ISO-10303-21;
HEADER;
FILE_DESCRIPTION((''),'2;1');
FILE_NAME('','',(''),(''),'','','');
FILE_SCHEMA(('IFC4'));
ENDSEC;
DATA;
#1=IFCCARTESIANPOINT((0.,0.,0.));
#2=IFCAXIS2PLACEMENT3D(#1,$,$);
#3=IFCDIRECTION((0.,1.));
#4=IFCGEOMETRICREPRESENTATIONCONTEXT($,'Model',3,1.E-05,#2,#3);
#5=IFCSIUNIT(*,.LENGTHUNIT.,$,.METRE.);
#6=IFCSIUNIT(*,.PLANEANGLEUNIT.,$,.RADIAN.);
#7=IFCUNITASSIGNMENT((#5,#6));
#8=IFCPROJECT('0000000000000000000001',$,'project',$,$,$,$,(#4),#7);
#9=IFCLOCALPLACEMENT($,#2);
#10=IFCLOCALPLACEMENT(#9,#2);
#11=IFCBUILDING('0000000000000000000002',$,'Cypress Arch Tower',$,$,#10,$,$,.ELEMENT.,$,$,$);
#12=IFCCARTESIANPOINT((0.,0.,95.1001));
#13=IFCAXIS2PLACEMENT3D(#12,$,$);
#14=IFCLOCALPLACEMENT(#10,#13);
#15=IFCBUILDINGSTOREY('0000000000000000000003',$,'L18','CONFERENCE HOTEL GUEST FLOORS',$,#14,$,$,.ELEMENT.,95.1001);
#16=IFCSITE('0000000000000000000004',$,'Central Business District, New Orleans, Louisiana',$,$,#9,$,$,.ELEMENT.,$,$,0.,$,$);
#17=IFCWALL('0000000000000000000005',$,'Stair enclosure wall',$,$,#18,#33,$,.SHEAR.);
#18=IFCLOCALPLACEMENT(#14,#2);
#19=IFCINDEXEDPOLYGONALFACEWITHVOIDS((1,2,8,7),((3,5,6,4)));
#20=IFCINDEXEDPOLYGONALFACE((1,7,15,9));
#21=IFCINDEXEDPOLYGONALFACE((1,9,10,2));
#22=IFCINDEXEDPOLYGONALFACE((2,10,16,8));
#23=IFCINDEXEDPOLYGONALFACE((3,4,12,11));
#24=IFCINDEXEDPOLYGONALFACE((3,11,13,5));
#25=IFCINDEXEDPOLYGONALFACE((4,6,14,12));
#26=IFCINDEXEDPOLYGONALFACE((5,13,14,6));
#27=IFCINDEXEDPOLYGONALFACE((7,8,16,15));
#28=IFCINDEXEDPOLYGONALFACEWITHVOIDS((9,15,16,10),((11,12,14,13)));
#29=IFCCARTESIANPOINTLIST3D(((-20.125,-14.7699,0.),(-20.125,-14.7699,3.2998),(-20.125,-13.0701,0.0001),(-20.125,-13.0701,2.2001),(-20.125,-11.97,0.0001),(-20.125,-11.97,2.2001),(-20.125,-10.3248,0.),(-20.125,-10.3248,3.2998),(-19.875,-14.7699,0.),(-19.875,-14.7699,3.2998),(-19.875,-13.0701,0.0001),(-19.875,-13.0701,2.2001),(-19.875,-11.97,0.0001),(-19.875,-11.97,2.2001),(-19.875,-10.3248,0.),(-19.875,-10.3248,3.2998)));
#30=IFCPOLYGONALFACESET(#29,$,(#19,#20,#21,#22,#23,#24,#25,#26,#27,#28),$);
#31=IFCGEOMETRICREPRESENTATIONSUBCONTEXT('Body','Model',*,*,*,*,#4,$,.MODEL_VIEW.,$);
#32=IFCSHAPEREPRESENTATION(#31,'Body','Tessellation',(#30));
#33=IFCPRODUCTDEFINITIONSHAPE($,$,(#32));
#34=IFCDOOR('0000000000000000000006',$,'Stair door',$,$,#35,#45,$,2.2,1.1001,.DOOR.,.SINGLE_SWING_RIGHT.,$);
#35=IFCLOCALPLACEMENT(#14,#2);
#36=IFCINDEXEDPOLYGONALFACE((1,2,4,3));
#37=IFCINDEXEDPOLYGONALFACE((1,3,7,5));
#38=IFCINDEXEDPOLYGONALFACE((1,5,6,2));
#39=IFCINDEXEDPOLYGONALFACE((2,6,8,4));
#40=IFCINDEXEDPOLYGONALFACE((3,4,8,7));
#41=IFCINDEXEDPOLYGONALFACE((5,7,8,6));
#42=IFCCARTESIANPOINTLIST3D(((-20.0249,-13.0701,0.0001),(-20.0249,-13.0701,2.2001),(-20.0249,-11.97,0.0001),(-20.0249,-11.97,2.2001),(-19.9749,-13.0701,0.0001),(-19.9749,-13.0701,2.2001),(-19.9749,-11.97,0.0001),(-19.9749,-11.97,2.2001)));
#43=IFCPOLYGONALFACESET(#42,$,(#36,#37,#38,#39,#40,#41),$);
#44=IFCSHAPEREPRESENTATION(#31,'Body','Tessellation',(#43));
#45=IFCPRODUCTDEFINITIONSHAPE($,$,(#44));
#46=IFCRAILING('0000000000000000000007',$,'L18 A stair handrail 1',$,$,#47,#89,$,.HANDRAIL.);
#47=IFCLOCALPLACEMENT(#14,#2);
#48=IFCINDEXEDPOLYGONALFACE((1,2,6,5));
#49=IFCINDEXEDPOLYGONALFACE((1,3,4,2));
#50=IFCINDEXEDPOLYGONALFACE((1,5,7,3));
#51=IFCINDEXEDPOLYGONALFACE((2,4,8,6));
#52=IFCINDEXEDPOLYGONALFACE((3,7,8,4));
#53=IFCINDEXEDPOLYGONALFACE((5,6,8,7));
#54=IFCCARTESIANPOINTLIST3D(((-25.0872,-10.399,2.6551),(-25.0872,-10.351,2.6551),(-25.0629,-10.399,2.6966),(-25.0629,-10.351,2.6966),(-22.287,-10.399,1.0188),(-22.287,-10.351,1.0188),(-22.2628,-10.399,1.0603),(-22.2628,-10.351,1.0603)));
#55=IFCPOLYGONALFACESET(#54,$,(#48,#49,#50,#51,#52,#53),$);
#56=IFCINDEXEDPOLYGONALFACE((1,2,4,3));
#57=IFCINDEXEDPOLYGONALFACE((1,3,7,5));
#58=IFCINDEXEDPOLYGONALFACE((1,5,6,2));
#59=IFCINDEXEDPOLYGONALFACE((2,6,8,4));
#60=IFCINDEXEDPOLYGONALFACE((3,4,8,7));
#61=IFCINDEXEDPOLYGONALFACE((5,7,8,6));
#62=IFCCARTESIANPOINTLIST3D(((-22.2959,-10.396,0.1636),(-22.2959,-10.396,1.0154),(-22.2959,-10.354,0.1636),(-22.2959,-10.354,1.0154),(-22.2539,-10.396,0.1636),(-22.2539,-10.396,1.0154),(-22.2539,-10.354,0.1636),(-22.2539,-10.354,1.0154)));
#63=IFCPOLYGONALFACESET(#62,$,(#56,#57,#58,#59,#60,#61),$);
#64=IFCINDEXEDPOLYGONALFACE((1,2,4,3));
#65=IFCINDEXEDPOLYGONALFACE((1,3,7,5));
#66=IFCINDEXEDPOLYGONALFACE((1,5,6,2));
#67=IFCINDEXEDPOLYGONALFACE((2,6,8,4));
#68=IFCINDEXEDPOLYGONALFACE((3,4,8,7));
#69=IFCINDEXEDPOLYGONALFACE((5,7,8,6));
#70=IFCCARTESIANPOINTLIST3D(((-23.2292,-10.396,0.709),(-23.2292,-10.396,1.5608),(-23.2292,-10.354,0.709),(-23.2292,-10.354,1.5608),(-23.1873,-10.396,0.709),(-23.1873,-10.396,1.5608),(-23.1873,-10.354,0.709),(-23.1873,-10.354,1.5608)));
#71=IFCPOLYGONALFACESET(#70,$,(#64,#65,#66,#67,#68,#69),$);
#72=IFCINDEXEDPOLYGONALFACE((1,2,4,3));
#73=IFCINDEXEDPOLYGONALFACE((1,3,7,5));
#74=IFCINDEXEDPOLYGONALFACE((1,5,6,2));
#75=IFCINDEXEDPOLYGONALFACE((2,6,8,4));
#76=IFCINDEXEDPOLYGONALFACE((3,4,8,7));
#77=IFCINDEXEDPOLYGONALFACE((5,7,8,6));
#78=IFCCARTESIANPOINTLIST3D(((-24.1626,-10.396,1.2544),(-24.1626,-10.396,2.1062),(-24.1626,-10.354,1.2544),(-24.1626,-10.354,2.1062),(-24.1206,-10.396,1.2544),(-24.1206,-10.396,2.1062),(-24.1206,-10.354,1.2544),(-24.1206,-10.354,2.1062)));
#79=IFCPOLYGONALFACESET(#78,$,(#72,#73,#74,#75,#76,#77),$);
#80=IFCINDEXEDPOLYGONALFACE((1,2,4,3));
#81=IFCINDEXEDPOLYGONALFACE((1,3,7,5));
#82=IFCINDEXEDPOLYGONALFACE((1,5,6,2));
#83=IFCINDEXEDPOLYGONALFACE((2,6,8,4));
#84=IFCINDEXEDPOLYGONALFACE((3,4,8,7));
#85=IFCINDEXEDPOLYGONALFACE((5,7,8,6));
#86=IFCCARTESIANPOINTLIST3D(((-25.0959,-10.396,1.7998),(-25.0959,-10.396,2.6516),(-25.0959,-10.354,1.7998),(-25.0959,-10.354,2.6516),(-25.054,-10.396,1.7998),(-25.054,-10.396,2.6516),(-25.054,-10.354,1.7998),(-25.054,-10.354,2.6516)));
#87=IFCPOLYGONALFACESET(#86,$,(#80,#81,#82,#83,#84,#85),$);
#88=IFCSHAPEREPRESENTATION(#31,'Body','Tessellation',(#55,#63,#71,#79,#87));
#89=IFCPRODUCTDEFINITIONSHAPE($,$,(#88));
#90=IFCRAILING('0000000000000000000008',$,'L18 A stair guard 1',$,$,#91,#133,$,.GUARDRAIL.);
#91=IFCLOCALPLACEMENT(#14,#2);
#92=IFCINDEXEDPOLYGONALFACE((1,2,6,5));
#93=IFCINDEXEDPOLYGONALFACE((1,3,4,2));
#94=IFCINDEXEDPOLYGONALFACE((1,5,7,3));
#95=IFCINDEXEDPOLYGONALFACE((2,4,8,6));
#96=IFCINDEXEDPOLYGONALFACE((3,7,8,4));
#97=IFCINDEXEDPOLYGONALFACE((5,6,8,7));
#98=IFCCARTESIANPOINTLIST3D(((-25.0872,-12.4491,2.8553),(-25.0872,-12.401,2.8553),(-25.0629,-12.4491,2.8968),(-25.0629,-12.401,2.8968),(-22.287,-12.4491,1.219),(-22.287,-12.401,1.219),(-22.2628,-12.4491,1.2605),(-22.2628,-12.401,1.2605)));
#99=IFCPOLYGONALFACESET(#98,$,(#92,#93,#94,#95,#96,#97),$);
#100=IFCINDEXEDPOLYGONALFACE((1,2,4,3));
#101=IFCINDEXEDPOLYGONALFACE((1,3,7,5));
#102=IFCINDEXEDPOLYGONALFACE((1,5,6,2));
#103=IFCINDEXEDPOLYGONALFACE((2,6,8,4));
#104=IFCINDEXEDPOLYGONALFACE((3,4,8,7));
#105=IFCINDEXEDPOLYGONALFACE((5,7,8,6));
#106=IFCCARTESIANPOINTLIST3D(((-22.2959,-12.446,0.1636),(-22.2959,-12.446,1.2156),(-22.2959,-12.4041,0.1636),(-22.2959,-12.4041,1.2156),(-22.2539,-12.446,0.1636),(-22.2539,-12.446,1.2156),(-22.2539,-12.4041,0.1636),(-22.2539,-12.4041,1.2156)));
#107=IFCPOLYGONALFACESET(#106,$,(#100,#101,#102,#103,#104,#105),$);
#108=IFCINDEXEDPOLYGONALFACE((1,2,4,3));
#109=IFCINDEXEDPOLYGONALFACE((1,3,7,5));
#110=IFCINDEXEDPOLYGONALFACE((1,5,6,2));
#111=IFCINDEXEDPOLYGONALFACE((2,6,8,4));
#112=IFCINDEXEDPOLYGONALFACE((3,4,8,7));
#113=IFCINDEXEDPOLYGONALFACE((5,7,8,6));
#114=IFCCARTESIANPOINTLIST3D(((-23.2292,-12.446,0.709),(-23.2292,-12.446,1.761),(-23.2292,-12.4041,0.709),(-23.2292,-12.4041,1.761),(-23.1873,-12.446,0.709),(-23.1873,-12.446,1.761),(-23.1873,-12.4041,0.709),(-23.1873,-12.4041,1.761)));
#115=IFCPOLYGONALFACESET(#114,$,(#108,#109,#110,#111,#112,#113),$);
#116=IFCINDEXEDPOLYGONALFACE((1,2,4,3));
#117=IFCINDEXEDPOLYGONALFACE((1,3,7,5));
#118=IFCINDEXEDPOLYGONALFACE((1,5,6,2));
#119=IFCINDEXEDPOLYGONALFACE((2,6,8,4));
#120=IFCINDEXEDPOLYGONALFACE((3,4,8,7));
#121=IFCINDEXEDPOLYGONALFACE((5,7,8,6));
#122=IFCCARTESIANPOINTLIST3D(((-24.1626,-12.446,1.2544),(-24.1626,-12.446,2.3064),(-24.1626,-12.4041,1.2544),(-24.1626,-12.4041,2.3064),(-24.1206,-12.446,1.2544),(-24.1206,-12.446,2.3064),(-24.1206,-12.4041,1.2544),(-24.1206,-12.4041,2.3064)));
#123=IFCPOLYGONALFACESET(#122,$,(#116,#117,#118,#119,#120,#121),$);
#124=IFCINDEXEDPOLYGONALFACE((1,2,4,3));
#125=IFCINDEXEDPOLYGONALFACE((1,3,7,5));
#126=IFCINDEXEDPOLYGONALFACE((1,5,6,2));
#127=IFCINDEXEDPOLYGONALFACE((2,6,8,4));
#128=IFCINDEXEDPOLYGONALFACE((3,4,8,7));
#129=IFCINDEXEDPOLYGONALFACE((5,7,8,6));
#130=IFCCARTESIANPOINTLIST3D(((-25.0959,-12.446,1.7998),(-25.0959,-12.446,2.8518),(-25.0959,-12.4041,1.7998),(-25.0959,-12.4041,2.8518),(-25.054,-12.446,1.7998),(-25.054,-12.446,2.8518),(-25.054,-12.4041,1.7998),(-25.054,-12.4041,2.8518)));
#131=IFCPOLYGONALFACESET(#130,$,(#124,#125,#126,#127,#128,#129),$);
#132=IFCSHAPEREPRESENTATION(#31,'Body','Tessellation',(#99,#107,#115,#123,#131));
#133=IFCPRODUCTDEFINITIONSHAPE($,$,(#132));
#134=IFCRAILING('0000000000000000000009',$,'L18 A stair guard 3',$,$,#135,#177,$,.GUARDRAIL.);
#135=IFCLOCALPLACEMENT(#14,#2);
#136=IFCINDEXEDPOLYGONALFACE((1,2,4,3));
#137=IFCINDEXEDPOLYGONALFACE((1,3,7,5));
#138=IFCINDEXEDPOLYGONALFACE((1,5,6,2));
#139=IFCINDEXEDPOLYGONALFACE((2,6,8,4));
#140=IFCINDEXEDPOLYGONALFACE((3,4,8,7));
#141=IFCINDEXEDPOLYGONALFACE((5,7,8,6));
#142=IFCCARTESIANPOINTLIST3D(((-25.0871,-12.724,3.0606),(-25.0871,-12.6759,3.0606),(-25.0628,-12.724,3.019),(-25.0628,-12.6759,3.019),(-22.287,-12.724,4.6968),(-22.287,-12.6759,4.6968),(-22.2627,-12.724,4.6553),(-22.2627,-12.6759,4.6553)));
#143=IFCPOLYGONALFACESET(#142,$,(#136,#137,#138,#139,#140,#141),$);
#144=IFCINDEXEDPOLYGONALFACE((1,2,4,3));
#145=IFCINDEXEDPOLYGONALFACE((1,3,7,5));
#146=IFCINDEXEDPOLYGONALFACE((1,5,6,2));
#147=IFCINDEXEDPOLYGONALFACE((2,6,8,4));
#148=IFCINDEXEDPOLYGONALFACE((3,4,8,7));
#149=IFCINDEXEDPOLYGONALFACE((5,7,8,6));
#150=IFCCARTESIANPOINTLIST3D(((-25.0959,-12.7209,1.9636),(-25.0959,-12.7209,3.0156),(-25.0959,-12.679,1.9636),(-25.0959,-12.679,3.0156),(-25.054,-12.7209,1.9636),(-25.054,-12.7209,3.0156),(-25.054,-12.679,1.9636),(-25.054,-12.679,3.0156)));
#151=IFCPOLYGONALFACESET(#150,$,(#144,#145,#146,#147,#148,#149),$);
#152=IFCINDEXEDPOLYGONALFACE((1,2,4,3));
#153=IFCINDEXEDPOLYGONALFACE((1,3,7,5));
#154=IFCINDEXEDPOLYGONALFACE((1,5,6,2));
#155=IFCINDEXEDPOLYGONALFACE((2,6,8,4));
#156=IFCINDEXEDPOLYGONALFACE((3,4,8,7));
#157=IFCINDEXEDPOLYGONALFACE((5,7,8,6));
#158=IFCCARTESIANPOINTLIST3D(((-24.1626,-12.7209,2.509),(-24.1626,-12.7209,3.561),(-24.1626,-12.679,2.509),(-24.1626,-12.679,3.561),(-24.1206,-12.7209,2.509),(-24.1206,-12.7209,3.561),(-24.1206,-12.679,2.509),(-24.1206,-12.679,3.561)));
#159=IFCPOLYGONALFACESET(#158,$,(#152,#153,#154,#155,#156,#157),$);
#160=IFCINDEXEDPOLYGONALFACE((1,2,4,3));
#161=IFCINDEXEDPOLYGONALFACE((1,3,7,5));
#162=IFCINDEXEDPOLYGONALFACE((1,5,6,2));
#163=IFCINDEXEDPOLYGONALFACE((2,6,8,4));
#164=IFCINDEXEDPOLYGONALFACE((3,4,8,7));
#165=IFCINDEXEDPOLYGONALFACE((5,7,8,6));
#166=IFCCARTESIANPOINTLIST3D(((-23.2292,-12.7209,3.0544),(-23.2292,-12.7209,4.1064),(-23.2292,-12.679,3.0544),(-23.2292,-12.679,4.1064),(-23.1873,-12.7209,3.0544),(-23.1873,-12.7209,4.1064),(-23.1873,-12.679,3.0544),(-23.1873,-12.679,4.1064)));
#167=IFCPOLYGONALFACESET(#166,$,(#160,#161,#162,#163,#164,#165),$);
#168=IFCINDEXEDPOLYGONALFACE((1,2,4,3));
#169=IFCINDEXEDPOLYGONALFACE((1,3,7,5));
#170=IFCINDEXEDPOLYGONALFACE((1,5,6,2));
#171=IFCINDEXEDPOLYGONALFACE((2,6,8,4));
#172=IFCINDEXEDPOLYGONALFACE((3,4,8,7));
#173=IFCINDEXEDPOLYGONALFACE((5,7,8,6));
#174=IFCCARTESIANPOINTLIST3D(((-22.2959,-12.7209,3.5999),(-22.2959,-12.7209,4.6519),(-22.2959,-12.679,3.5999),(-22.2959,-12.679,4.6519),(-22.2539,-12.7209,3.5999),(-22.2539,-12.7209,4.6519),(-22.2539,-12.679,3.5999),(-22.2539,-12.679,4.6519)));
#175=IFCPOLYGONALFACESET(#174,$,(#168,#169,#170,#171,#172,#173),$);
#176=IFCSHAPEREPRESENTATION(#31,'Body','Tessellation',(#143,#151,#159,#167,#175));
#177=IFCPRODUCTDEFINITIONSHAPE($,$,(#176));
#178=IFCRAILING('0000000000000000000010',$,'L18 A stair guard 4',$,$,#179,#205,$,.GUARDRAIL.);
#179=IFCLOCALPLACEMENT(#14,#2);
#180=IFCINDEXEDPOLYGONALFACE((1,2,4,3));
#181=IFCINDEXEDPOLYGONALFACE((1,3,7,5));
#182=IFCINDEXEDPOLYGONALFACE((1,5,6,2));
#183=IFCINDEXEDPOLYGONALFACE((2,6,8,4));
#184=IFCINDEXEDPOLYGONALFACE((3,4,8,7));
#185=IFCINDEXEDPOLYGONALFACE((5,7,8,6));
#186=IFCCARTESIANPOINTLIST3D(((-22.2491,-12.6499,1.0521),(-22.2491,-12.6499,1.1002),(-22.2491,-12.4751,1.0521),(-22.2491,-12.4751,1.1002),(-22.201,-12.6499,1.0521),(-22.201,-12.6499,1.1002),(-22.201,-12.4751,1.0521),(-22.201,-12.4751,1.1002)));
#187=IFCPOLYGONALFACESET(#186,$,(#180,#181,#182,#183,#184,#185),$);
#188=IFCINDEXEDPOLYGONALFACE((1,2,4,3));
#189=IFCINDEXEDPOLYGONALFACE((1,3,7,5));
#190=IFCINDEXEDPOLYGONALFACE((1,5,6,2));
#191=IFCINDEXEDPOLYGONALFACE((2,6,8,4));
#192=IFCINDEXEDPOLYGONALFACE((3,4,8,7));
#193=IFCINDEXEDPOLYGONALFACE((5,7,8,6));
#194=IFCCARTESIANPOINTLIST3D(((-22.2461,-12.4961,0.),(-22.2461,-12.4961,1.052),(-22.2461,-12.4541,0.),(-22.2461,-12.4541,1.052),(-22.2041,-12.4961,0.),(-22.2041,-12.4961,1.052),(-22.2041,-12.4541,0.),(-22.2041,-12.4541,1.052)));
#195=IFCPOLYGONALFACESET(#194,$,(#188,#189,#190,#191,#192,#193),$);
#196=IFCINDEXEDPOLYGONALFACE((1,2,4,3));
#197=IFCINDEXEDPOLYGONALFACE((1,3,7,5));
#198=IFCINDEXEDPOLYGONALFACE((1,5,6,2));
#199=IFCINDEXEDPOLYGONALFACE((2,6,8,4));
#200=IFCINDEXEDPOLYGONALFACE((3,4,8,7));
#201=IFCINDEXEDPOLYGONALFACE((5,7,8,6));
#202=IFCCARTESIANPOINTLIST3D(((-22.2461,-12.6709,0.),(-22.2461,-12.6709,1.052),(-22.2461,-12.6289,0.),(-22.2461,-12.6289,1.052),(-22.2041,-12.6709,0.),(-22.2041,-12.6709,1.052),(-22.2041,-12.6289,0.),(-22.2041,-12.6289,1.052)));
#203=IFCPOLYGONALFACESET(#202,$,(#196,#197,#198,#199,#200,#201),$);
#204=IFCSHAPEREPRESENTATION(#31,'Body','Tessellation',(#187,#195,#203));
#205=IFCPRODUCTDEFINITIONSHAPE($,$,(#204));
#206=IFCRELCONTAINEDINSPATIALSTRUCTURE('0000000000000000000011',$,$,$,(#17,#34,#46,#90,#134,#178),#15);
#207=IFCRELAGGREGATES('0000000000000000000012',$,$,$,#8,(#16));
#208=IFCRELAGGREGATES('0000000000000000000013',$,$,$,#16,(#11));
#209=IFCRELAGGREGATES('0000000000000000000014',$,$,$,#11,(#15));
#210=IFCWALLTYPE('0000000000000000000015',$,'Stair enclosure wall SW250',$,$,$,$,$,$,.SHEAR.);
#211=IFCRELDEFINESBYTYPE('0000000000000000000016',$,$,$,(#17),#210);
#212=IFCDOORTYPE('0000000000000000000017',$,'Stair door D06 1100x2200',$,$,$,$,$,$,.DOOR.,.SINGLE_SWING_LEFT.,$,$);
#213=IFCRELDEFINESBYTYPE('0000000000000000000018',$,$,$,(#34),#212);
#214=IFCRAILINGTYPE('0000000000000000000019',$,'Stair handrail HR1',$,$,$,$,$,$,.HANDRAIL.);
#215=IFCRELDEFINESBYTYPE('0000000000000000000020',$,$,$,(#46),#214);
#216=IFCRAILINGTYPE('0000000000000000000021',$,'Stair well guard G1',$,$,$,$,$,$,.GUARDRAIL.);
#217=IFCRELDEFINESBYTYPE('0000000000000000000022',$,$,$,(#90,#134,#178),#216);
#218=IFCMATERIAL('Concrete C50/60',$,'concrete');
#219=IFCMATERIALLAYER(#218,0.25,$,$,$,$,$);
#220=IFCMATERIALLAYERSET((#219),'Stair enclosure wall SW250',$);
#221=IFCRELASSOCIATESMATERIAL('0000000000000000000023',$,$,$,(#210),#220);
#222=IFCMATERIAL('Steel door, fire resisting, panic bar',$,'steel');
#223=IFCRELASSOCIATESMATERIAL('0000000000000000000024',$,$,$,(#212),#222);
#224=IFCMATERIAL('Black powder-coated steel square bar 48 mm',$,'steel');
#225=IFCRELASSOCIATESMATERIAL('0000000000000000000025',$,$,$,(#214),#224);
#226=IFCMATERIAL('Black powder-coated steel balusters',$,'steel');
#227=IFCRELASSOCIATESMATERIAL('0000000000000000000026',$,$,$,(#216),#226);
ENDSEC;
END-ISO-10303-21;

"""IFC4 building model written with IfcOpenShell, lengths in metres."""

from ifc_helpers import new_model, si_unit, direction, frame, frame_2d, origin, origin_2d, place, context, subcontext, project, spatial, rectangle, extrude, material, layer, layer_set, type_object, element, fill, save


model = new_model("IFC4")

# Units and contexts
model_context = context("Model", 3, precision=1e-05, world=origin(), true_north=direction((0.0, 1.0)))
body_context = subcontext(model_context, "Body", "Model", "MODEL_VIEW")
ifc_project = project(units=[si_unit("LENGTHUNIT", "METRE"), si_unit("PLANEANGLEUNIT", "RADIAN")], contexts=[model_context])

# Site, building, storey
site_placement = place(None, origin())
site = spatial("IfcSite", under=ifc_project, at=site_placement, Name="Central Business District, New Orleans, Louisiana", CompositionType="ELEMENT", RefElevation=0.0)
building_placement = place(site_placement, origin())
building = spatial("IfcBuilding", under=site, at=building_placement, Name="Cypress Arch Tower", CompositionType="ELEMENT")
storey_placement = place(building_placement, frame((0.0, 0.0, 95.1001)))
storey = spatial("IfcBuildingStorey", under=building, at=storey_placement, Name="L18", Description="CONFERENCE HOTEL GUEST FLOORS", CompositionType="ELEMENT", Elevation=95.1001)

# Wall, opening, door
ifc_material_1 = material(Name="Concrete C50/60", Category="concrete")
ifc_layer_1 = layer(ifc_material_1, 0.25)
ifc_layer_set_1 = layer_set([ifc_layer_1], Name="Stair enclosure wall SW250")
wall_type_1 = type_object("IfcWallType", Name="Stair enclosure wall SW250", PredefinedType="SHEAR", material=ifc_layer_set_1)
wall_1_placement = place(storey_placement, frame((-20.0, -14.77, 0.0), z_axis=(0.0, 0.0, 1.0), x_axis=(0.0, 1.0, 0.0)))
wall_1 = element("IfcWall", 1, at=wall_1_placement, inside=storey, type_object=wall_type_1, Name="Stair enclosure wall", PredefinedType="SHEAR", context=body_context, shape_type="SweptSolid", body=[
    extrude(rectangle(XDim=4.4451, YDim=0.25, at=frame_2d((2.2227, 0.0))), origin(), (0.0, 0.0, 1.0), 3.2998),
])
opening_1_placement = place(wall_1_placement, frame((1.7, 0.0, 0.0)))
opening_1 = element("IfcOpeningElement", 2, at=opening_1_placement, cuts=wall_1, PredefinedType="OPENING", context=body_context, shape_type="SweptSolid", body=[
    extrude(rectangle(XDim=1.1001, YDim=2.2, at=frame_2d((0.55, 1.1001))), frame((0.0, 0.135, 0.0), z_axis=(0.0, -1.0, 0.0), x_axis=(1.0, 0.0, 0.0)), (0.0, 0.0, 1.0), 0.27),
])
ifc_material_2 = material(Name="Steel door, fire resisting, panic bar", Category="steel")
door_type_1 = type_object("IfcDoorType", Name="Stair door D06 1100x2200", OperationType="SINGLE_SWING_LEFT", PredefinedType="DOOR", material=ifc_material_2)
door_1_placement = place(opening_1_placement, origin())
door_1 = element("IfcDoor", 3, at=door_1_placement, inside=storey, type_object=door_type_1, Name="Stair door", OperationType="SINGLE_SWING_RIGHT", OverallHeight=2.2, OverallWidth=1.1001, PredefinedType="DOOR", context=body_context, shape_type="SweptSolid", body=[
    extrude(rectangle(XDim=1.1001, YDim=2.2, at=frame_2d((0.55, 1.1001))), frame((0.0, 0.0249, 0.0), z_axis=(0.0, -1.0, 0.0), x_axis=(1.0, 0.0, 0.0)), (0.0, 0.0, 1.0), 0.05),
])
fill(opening_1, door_1)

# Railings
ifc_material_3 = material(Name="Black powder-coated steel square bar 48 mm", Category="steel")
railing_type_1 = type_object("IfcRailingType", Name="Stair handrail HR1", PredefinedType="HANDRAIL", material=ifc_material_3)
railing_1_placement = place(storey_placement, frame((-22.2749, -10.375, 0.1636)))
element("IfcRailing", 4, at=railing_1_placement, inside=storey, type_object=railing_type_1, Name="L18 A stair handrail 1", PredefinedType="HANDRAIL", context=body_context, shape_type="SweptSolid", body=[
    extrude(rectangle(XDim=0.0481, YDim=0.0481, at=origin_2d()), frame((0.0, 0.0, 0.876), z_axis=(-0.863394, 0.0, 0.504531), x_axis=(0.0, -1.0, 0.0)), (0.0, 0.0, 1.0), 3.2432),
    extrude(rectangle(XDim=0.042, YDim=0.042, at=origin_2d()), origin(), (0.0, 0.0, 1.0), 0.8518),
    extrude(rectangle(XDim=0.042, YDim=0.042, at=origin_2d()), frame((-0.9333, 0.0, 0.5454)), (0.0, 0.0, 1.0), 0.8518),
    extrude(rectangle(XDim=0.042, YDim=0.042, at=origin_2d()), frame((-1.8667, 0.0, 1.0908)), (0.0, 0.0, 1.0), 0.8518),
    extrude(rectangle(XDim=0.042, YDim=0.042, at=origin_2d()), frame((-2.8, 0.0, 1.6362)), (0.0, 0.0, 1.0), 0.8518),
])
ifc_material_4 = material(Name="Black powder-coated steel balusters", Category="steel")
railing_type_2 = type_object("IfcRailingType", Name="Stair well guard G1", PredefinedType="GUARDRAIL", material=ifc_material_4)
railing_2_placement = place(storey_placement, frame((-22.2749, -12.425, 0.1636)))
element("IfcRailing", 5, at=railing_2_placement, inside=storey, type_object=railing_type_2, Name="L18 A stair guard 1", PredefinedType="GUARDRAIL", context=body_context, shape_type="SweptSolid", body=[
    extrude(rectangle(XDim=0.0481, YDim=0.0481, at=origin_2d()), frame((0.0, 0.0, 1.0762), z_axis=(-0.863394, 0.0, 0.504531), x_axis=(0.0, -1.0, 0.0)), (0.0, 0.0, 1.0), 3.2432),
    extrude(rectangle(XDim=0.042, YDim=0.042, at=origin_2d()), origin(), (0.0, 0.0, 1.0), 1.052),
    extrude(rectangle(XDim=0.042, YDim=0.042, at=origin_2d()), frame((-0.9333, 0.0, 0.5454)), (0.0, 0.0, 1.0), 1.052),
    extrude(rectangle(XDim=0.042, YDim=0.042, at=origin_2d()), frame((-1.8667, 0.0, 1.0908)), (0.0, 0.0, 1.0), 1.052),
    extrude(rectangle(XDim=0.042, YDim=0.042, at=origin_2d()), frame((-2.8, 0.0, 1.6362)), (0.0, 0.0, 1.0), 1.052),
])
railing_3_placement = place(storey_placement, frame((-25.075, -12.7, 1.9636)))
element("IfcRailing", 6, at=railing_3_placement, inside=storey, type_object=railing_type_2, Name="L18 A stair guard 3", PredefinedType="GUARDRAIL", context=body_context, shape_type="SweptSolid", body=[
    extrude(rectangle(XDim=0.0481, YDim=0.0481, at=origin_2d()), frame((0.0, 0.0, 1.0762), z_axis=(0.863394, 0.0, 0.504531), x_axis=(0.0, 1.0, 0.0)), (0.0, 0.0, 1.0), 3.2432),
    extrude(rectangle(XDim=0.042, YDim=0.042, at=origin_2d()), origin(), (0.0, 0.0, 1.0), 1.052),
    extrude(rectangle(XDim=0.042, YDim=0.042, at=origin_2d()), frame((0.9333, 0.0, 0.5454)), (0.0, 0.0, 1.0), 1.052),
    extrude(rectangle(XDim=0.042, YDim=0.042, at=origin_2d()), frame((1.8667, 0.0, 1.0908)), (0.0, 0.0, 1.0), 1.052),
    extrude(rectangle(XDim=0.042, YDim=0.042, at=origin_2d()), frame((2.8, 0.0, 1.6362)), (0.0, 0.0, 1.0), 1.052),
])
railing_4_placement = place(storey_placement, frame((-22.2251, -12.4751, 0.0)))
element("IfcRailing", 7, at=railing_4_placement, inside=storey, type_object=railing_type_2, Name="L18 A stair guard 4", PredefinedType="GUARDRAIL", context=body_context, shape_type="SweptSolid", body=[
    extrude(rectangle(XDim=0.0481, YDim=0.0481, at=origin_2d()), frame((0.0, 0.0, 1.0762), z_axis=(0.0, -1.0, 0.0), x_axis=(1.0, 0.0, 0.0)), (0.0, 0.0, 1.0), 0.1748),
    extrude(rectangle(XDim=0.042, YDim=0.042, at=origin_2d()), origin(), (0.0, 0.0, 1.0), 1.052),
    extrude(rectangle(XDim=0.042, YDim=0.042, at=origin_2d()), frame((0.0, -0.1748, 0.0)), (0.0, 0.0, 1.0), 1.052),
])

save(model, "model.ifc")
